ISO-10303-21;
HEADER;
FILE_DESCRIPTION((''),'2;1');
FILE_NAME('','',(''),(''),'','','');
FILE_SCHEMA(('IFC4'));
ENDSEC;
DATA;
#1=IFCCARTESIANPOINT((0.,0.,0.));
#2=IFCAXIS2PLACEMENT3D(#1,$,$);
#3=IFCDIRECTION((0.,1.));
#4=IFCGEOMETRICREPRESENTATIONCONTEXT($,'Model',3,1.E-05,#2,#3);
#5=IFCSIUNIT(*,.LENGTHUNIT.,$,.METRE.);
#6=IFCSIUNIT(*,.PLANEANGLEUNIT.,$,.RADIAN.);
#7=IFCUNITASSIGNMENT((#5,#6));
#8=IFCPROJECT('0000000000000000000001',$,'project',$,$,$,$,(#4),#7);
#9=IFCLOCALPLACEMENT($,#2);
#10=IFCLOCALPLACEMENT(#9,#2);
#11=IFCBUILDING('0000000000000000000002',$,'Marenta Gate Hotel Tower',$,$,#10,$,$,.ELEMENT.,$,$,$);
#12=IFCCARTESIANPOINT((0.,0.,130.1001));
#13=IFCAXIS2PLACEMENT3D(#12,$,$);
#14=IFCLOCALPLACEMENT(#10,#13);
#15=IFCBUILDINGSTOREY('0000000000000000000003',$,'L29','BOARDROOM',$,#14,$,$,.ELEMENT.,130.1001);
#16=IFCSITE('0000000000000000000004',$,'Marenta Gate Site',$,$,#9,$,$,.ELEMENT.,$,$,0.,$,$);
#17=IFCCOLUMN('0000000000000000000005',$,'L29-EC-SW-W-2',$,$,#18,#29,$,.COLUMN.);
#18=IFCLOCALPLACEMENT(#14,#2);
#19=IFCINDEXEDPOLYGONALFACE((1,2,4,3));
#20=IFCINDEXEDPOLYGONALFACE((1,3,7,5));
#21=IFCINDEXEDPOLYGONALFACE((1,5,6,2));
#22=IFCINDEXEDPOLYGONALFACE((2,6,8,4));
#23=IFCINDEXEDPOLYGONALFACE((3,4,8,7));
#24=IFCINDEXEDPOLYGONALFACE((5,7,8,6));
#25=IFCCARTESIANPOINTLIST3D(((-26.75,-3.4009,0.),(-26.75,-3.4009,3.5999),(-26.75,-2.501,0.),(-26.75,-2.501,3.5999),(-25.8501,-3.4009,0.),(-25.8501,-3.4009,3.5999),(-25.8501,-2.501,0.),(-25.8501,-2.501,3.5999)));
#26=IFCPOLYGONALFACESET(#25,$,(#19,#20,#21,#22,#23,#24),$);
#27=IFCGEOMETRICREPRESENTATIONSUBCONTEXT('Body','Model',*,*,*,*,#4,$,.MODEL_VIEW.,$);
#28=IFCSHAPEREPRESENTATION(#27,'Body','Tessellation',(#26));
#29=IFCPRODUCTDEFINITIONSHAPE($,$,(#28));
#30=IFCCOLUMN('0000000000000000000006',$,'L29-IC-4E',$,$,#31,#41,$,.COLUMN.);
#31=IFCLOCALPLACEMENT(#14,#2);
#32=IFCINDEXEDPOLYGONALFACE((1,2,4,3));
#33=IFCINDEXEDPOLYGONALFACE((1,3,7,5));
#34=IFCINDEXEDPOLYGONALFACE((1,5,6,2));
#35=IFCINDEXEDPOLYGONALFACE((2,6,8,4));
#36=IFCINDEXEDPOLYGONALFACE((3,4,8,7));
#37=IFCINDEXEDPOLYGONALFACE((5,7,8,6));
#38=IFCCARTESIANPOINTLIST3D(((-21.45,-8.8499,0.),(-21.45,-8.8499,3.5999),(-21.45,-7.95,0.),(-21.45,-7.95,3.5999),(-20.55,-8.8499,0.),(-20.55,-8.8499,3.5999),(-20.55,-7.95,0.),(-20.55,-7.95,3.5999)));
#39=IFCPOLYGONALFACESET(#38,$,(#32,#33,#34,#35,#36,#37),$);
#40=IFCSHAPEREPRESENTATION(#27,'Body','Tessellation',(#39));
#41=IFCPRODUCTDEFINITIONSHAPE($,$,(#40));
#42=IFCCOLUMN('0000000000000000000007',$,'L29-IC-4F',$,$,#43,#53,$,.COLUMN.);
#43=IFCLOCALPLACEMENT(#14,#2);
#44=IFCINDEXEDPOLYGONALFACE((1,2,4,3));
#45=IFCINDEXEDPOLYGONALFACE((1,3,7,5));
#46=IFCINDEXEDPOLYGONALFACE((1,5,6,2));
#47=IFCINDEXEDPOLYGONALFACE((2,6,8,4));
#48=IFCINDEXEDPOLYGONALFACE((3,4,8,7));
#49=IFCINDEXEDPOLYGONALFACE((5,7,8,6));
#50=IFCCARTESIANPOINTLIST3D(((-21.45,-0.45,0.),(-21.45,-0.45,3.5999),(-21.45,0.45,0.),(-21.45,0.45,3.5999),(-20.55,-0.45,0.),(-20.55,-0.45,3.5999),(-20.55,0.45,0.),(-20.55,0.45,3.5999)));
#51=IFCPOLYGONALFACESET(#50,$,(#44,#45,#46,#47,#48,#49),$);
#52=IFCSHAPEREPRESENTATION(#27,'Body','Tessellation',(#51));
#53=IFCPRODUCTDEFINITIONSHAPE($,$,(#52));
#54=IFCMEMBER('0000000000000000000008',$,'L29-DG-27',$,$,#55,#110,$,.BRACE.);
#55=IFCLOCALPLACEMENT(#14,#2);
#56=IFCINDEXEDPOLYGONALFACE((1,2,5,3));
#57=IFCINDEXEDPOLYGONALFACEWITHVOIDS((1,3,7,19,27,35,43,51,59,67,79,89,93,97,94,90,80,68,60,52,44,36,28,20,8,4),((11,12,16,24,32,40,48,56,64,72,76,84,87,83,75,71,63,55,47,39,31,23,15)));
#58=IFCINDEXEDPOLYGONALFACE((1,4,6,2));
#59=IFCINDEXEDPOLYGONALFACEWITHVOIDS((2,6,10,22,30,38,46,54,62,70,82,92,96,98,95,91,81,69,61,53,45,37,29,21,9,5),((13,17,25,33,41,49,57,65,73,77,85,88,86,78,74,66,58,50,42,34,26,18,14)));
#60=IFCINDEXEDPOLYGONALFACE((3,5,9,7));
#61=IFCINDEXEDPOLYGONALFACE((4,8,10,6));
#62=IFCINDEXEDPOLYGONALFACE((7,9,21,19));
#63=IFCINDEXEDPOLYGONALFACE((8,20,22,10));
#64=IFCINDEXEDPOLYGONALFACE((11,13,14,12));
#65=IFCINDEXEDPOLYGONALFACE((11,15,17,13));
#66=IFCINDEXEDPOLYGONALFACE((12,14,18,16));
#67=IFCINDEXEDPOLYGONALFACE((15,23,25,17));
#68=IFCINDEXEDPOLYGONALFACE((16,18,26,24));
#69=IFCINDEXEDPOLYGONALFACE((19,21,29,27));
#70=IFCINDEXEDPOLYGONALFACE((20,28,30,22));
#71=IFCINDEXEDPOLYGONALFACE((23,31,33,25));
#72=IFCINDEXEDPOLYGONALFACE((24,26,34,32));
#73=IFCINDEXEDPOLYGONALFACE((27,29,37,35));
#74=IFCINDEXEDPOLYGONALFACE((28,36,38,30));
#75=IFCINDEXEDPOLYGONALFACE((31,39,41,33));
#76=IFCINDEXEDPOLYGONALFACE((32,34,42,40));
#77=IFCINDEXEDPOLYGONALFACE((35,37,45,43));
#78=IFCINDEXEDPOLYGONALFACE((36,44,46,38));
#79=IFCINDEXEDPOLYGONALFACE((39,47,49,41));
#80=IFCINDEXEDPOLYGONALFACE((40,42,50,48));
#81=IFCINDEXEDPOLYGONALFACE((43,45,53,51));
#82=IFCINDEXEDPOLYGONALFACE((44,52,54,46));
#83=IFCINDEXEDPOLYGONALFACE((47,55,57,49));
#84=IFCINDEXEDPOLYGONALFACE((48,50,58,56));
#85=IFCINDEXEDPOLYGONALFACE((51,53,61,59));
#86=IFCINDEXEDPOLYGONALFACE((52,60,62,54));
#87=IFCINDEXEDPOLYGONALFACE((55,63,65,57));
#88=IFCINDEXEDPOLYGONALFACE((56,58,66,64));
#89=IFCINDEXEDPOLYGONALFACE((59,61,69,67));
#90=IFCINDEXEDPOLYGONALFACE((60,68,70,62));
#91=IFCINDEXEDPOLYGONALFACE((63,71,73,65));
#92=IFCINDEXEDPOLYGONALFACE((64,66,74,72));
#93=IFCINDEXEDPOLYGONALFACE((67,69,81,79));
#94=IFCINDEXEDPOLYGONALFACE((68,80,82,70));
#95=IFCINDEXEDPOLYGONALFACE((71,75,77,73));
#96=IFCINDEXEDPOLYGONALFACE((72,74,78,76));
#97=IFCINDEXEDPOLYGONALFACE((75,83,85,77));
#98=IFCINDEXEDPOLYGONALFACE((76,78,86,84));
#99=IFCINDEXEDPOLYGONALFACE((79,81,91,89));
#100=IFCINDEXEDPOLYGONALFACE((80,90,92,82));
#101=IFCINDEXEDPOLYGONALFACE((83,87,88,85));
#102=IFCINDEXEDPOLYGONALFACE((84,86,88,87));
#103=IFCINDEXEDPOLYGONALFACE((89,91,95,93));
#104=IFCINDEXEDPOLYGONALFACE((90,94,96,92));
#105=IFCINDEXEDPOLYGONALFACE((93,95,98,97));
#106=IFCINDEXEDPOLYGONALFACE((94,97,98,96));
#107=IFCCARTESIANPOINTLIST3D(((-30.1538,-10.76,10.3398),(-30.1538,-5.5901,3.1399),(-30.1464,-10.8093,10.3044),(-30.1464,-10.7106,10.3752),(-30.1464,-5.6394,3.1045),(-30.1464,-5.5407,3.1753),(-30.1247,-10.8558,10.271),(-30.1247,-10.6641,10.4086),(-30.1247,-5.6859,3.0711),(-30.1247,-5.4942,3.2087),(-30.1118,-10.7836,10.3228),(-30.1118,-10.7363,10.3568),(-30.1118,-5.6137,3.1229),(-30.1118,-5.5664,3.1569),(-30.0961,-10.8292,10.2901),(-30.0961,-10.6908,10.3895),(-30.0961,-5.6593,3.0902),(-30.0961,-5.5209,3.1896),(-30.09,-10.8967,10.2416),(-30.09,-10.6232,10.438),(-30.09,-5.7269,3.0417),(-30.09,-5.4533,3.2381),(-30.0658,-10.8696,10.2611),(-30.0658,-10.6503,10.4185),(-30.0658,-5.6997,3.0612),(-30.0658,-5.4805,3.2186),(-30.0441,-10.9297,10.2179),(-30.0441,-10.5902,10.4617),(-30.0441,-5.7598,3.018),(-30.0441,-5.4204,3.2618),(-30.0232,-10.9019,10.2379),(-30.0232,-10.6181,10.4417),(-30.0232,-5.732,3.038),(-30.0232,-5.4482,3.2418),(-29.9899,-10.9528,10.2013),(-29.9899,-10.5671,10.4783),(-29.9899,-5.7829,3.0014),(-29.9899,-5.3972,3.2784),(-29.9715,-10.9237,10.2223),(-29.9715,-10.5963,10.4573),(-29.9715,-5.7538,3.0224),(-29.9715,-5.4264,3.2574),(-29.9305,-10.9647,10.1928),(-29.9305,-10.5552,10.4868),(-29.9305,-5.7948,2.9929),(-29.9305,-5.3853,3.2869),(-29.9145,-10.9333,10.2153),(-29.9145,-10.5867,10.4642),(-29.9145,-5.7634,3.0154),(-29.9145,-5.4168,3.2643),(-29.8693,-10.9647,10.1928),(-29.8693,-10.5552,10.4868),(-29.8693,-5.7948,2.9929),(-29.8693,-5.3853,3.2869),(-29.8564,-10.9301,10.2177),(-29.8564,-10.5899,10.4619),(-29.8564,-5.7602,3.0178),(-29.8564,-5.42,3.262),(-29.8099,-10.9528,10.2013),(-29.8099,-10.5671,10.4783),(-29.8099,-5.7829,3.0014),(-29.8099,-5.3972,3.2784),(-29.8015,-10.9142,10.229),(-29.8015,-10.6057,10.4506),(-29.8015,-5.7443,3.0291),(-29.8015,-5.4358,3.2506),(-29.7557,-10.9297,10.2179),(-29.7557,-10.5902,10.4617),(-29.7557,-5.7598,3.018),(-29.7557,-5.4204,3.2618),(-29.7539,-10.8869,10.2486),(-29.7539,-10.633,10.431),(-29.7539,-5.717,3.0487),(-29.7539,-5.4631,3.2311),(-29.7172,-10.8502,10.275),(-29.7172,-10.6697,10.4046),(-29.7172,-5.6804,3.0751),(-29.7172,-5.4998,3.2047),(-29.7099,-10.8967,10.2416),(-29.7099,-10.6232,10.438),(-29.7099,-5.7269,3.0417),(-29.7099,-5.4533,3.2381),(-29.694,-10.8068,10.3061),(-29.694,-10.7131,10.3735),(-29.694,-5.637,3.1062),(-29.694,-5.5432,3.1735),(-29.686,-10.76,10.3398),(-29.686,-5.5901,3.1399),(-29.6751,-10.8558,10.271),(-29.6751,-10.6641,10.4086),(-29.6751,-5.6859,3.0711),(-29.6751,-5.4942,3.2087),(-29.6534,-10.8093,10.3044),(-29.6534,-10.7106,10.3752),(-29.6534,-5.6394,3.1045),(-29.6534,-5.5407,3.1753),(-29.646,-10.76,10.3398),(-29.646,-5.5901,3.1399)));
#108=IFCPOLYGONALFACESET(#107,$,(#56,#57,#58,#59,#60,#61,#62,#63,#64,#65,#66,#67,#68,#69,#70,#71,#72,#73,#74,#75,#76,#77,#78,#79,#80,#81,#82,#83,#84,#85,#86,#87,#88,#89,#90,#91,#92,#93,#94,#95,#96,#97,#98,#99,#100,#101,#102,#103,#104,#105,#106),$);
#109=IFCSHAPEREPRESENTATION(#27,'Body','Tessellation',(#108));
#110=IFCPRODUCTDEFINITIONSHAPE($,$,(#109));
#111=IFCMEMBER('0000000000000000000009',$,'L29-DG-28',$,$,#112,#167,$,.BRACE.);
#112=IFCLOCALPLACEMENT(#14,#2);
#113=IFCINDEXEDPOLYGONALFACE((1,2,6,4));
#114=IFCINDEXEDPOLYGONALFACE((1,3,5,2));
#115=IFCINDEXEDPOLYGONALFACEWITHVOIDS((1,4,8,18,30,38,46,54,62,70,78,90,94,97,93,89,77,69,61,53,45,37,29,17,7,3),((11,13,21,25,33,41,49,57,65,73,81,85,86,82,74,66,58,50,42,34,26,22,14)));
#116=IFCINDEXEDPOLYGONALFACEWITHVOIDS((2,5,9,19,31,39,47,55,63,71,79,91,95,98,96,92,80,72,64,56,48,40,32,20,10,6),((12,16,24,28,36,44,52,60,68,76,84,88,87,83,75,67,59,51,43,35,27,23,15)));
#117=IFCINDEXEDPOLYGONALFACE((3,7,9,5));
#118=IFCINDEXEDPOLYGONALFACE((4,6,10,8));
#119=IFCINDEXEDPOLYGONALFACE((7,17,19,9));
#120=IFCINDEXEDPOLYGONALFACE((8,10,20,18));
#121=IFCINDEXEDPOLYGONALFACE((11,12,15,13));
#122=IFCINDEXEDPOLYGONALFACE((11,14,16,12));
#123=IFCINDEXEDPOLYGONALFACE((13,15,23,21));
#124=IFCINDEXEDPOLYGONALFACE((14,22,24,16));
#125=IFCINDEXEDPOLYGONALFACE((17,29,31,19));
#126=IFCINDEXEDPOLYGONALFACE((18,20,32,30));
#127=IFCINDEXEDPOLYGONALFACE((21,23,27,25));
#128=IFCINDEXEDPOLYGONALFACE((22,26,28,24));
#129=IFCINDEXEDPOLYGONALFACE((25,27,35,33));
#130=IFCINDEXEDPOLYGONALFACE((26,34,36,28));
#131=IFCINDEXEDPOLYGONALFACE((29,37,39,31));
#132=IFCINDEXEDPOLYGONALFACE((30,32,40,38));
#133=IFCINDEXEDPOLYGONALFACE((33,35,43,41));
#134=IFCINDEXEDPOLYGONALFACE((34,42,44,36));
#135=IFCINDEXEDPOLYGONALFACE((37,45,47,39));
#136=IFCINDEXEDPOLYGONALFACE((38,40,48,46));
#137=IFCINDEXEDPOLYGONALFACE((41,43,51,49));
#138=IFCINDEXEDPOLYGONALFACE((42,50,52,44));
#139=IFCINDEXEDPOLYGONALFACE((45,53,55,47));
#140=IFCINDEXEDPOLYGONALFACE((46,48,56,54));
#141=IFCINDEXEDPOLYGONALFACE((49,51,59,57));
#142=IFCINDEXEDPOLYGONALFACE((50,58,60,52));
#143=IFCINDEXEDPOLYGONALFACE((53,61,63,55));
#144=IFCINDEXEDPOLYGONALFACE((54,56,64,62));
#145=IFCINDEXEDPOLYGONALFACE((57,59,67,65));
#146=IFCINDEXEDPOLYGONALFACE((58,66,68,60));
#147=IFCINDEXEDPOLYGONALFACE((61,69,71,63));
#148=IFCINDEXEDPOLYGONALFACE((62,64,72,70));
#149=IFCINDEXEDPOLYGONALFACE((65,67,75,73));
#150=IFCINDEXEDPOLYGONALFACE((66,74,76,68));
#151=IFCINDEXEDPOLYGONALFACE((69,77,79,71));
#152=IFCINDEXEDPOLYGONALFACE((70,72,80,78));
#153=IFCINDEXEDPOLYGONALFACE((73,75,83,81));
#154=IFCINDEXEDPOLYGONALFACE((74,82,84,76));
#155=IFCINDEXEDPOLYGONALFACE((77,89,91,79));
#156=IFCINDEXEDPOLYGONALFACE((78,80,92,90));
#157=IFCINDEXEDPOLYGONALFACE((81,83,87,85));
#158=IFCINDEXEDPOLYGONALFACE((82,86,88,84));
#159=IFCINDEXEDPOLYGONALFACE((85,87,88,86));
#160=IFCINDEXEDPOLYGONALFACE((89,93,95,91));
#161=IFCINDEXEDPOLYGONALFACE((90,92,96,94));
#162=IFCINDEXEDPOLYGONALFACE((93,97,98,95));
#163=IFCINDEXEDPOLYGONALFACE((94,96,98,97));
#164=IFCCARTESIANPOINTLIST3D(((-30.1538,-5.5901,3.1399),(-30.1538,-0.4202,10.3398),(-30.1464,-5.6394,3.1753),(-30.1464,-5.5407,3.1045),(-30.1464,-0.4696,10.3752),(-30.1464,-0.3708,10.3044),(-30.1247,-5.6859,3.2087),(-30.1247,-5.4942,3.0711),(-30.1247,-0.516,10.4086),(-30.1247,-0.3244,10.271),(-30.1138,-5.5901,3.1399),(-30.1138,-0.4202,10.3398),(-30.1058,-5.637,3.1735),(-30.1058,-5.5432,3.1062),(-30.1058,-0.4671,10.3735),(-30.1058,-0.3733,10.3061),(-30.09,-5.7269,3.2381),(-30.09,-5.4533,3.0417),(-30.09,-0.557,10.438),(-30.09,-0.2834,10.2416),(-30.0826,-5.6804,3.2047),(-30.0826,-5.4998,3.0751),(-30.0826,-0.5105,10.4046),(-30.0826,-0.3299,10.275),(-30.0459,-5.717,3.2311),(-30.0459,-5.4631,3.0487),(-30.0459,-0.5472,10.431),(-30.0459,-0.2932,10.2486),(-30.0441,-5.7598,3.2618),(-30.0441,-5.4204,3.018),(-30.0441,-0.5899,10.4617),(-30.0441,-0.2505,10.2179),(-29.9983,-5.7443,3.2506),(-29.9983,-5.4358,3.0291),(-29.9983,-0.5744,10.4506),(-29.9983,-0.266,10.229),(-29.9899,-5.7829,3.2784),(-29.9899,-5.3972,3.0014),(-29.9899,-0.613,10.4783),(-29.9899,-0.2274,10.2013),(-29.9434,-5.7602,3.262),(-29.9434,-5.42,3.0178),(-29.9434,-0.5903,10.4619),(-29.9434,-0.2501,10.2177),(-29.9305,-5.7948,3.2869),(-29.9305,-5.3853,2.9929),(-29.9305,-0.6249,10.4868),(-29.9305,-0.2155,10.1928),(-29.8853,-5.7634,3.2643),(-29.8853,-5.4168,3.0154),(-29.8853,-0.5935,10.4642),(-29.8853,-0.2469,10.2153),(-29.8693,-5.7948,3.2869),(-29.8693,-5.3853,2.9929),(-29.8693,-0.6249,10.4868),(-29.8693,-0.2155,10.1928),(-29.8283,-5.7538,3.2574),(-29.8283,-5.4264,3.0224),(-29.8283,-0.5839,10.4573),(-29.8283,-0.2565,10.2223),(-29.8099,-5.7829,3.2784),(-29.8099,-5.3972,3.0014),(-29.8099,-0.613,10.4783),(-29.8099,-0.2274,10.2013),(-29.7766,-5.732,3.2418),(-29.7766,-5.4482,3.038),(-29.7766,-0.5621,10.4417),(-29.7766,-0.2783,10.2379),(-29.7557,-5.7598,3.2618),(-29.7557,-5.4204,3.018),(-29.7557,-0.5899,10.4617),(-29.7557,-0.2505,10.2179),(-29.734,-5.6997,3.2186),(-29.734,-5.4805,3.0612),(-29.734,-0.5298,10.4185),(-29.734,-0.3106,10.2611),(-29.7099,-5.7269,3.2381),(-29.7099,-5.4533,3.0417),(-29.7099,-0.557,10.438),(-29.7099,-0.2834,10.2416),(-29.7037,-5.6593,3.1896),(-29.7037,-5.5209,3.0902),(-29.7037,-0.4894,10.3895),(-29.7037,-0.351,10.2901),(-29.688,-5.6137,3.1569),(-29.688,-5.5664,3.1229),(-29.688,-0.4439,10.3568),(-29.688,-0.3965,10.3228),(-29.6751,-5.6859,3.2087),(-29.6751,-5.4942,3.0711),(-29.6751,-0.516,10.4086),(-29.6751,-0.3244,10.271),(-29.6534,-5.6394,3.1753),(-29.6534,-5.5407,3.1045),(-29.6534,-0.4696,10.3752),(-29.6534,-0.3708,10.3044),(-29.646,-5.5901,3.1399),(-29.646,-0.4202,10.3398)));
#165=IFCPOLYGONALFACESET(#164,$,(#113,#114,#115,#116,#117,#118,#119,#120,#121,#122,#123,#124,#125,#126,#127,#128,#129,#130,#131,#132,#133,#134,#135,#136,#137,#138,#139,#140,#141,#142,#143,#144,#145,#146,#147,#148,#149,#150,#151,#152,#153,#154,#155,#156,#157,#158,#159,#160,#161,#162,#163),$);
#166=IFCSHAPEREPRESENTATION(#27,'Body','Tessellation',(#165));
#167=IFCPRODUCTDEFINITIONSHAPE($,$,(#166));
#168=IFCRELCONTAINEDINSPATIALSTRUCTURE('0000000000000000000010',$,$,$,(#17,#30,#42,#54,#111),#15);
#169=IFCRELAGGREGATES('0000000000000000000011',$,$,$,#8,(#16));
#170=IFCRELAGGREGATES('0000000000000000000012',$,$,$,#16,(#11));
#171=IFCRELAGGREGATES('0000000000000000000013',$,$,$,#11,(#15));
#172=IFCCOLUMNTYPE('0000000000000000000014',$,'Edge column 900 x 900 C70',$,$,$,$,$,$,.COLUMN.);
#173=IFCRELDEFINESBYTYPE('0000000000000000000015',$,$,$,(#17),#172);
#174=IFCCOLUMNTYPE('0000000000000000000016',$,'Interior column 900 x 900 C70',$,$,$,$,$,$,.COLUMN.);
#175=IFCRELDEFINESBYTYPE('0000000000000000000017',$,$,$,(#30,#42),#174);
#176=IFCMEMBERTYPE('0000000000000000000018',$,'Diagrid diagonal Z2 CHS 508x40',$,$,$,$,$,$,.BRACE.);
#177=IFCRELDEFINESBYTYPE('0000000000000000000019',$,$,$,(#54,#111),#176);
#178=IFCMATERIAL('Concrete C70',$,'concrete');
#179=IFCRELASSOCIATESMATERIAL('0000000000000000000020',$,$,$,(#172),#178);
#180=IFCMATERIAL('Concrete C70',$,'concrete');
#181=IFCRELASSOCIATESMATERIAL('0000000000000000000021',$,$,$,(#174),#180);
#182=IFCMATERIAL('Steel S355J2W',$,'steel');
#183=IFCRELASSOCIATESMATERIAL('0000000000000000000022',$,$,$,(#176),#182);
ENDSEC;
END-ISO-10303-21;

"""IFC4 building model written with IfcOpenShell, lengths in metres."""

from ifc_helpers import new_model, si_unit, direction, frame, origin, origin_2d, place, context, subcontext, project, spatial, rectangle, hollow_circle, extrude, material, material_profile, profile_set, type_object, element, save


model = new_model("IFC4")

# Units and contexts
model_context = context("Model", 3, precision=1e-05, world=origin(), true_north=direction((0.0, 1.0)))
body_context = subcontext(model_context, "Body", "Model", "MODEL_VIEW")
ifc_project = project(units=[si_unit("LENGTHUNIT", "METRE"), si_unit("PLANEANGLEUNIT", "RADIAN")], contexts=[model_context])

# Site, building, storey
site_placement = place(None, origin())
site = spatial("IfcSite", under=ifc_project, at=site_placement, Name="Marenta Gate Site", CompositionType="ELEMENT", RefElevation=0.0)
building_placement = place(site_placement, origin())
building = spatial("IfcBuilding", under=site, at=building_placement, Name="Marenta Gate Hotel Tower", CompositionType="ELEMENT")
storey_placement = place(building_placement, frame((0.0, 0.0, 130.1001)))
storey = spatial("IfcBuildingStorey", under=building, at=storey_placement, Name="L29", Description="BOARDROOM", CompositionType="ELEMENT", Elevation=130.1001)

# Columns
ifc_material_1 = material(Name="Concrete C70", Category="concrete")
ifc_material_profile_1 = material_profile(ifc_material_1, rectangle(XDim=0.8999, YDim=0.8999, at=origin_2d()), Name="900 x 900")
ifc_profile_set_1 = profile_set([ifc_material_profile_1], Name="Concrete C70")
column_type_1 = type_object("IfcColumnType", Name="Edge column 900 x 900 C70", PredefinedType="COLUMN", material=ifc_profile_set_1)
column_placement = place(storey_placement, frame((-26.3, -2.9509, 0.0), z_axis=(0.0, 0.0, 1.0), x_axis=(1.0, 0.0, 0.0)))
element("IfcColumn", 1, at=column_placement, inside=storey, type_object=column_type_1, Name="L29-EC-SW-W-2", PredefinedType="COLUMN", context=body_context, shape_type="SweptSolid", body=[
    extrude(rectangle(XDim=0.8999, YDim=0.8999, at=origin_2d()), origin(), (0.0, 0.0, 1.0), 3.5999),
])
ifc_material_2 = material(Name="Concrete C70", Category="concrete")
ifc_material_profile_2 = material_profile(ifc_material_2, rectangle(XDim=0.8999, YDim=0.8999, at=origin_2d()), Name="900 x 900")
ifc_profile_set_2 = profile_set([ifc_material_profile_2], Name="Concrete C70")
column_type_2 = type_object("IfcColumnType", Name="Interior column 900 x 900 C70", PredefinedType="COLUMN", material=ifc_profile_set_2)
for number, where, z_axis, x_axis, name in (
    (2, (-21.0, -8.3999, 0.0), (0.0, 0.0, 1.0), (1.0, 0.0, 0.0), "L29-IC-4E"),
    (3, (-21.0, 0.0, 0.0), (0.0, 0.0, 1.0), (1.0, 0.0, 0.0), "L29-IC-4F"),
):
    element("IfcColumn", number, at=place(storey_placement, frame(where, z_axis=z_axis, x_axis=x_axis)), inside=storey, type_object=column_type_2, Name=name, PredefinedType="COLUMN", context=body_context, shape_type="SweptSolid", body=[
        extrude(rectangle(XDim=0.8999, YDim=0.8999, at=origin_2d()), origin(), (0.0, 0.0, 1.0), 3.5999),
    ])

# Members
ifc_material_3 = material(Name="Steel S355J2W", Category="steel")
ifc_material_profile_3 = material_profile(ifc_material_3, hollow_circle(Radius=0.2539, WallThickness=0.04, at=origin_2d()), Name="CHS 508x40")
ifc_profile_set_3 = profile_set([ifc_material_profile_3], Name="Steel S355J2W")
member_type_1 = type_object("IfcMemberType", Name="Diagrid diagonal Z2 CHS 508x40", PredefinedType="BRACE", material=ifc_profile_set_3)
for number, where, z_axis, x_axis, name in (
    (4, (-29.8999, -5.5901, 3.1399), (0.0, -0.583261, 0.812285), (1.0, 0.0, 0.0), "L29-DG-27"),
    (5, (-29.8999, -5.5901, 3.1399), (0.0, 0.583261, 0.812285), (-1.0, 0.0, 0.0), "L29-DG-28"),
):
    element("IfcMember", number, at=place(storey_placement, frame(where, z_axis=z_axis, x_axis=x_axis)), inside=storey, type_object=member_type_1, Name=name, PredefinedType="BRACE", context=body_context, shape_type="SweptSolid", body=[
        extrude(hollow_circle(Radius=0.2539, WallThickness=0.04, at=origin_2d()), origin(), (0.0, 0.0, 1.0), 8.8638),
    ])

save(model, "model.ifc")
